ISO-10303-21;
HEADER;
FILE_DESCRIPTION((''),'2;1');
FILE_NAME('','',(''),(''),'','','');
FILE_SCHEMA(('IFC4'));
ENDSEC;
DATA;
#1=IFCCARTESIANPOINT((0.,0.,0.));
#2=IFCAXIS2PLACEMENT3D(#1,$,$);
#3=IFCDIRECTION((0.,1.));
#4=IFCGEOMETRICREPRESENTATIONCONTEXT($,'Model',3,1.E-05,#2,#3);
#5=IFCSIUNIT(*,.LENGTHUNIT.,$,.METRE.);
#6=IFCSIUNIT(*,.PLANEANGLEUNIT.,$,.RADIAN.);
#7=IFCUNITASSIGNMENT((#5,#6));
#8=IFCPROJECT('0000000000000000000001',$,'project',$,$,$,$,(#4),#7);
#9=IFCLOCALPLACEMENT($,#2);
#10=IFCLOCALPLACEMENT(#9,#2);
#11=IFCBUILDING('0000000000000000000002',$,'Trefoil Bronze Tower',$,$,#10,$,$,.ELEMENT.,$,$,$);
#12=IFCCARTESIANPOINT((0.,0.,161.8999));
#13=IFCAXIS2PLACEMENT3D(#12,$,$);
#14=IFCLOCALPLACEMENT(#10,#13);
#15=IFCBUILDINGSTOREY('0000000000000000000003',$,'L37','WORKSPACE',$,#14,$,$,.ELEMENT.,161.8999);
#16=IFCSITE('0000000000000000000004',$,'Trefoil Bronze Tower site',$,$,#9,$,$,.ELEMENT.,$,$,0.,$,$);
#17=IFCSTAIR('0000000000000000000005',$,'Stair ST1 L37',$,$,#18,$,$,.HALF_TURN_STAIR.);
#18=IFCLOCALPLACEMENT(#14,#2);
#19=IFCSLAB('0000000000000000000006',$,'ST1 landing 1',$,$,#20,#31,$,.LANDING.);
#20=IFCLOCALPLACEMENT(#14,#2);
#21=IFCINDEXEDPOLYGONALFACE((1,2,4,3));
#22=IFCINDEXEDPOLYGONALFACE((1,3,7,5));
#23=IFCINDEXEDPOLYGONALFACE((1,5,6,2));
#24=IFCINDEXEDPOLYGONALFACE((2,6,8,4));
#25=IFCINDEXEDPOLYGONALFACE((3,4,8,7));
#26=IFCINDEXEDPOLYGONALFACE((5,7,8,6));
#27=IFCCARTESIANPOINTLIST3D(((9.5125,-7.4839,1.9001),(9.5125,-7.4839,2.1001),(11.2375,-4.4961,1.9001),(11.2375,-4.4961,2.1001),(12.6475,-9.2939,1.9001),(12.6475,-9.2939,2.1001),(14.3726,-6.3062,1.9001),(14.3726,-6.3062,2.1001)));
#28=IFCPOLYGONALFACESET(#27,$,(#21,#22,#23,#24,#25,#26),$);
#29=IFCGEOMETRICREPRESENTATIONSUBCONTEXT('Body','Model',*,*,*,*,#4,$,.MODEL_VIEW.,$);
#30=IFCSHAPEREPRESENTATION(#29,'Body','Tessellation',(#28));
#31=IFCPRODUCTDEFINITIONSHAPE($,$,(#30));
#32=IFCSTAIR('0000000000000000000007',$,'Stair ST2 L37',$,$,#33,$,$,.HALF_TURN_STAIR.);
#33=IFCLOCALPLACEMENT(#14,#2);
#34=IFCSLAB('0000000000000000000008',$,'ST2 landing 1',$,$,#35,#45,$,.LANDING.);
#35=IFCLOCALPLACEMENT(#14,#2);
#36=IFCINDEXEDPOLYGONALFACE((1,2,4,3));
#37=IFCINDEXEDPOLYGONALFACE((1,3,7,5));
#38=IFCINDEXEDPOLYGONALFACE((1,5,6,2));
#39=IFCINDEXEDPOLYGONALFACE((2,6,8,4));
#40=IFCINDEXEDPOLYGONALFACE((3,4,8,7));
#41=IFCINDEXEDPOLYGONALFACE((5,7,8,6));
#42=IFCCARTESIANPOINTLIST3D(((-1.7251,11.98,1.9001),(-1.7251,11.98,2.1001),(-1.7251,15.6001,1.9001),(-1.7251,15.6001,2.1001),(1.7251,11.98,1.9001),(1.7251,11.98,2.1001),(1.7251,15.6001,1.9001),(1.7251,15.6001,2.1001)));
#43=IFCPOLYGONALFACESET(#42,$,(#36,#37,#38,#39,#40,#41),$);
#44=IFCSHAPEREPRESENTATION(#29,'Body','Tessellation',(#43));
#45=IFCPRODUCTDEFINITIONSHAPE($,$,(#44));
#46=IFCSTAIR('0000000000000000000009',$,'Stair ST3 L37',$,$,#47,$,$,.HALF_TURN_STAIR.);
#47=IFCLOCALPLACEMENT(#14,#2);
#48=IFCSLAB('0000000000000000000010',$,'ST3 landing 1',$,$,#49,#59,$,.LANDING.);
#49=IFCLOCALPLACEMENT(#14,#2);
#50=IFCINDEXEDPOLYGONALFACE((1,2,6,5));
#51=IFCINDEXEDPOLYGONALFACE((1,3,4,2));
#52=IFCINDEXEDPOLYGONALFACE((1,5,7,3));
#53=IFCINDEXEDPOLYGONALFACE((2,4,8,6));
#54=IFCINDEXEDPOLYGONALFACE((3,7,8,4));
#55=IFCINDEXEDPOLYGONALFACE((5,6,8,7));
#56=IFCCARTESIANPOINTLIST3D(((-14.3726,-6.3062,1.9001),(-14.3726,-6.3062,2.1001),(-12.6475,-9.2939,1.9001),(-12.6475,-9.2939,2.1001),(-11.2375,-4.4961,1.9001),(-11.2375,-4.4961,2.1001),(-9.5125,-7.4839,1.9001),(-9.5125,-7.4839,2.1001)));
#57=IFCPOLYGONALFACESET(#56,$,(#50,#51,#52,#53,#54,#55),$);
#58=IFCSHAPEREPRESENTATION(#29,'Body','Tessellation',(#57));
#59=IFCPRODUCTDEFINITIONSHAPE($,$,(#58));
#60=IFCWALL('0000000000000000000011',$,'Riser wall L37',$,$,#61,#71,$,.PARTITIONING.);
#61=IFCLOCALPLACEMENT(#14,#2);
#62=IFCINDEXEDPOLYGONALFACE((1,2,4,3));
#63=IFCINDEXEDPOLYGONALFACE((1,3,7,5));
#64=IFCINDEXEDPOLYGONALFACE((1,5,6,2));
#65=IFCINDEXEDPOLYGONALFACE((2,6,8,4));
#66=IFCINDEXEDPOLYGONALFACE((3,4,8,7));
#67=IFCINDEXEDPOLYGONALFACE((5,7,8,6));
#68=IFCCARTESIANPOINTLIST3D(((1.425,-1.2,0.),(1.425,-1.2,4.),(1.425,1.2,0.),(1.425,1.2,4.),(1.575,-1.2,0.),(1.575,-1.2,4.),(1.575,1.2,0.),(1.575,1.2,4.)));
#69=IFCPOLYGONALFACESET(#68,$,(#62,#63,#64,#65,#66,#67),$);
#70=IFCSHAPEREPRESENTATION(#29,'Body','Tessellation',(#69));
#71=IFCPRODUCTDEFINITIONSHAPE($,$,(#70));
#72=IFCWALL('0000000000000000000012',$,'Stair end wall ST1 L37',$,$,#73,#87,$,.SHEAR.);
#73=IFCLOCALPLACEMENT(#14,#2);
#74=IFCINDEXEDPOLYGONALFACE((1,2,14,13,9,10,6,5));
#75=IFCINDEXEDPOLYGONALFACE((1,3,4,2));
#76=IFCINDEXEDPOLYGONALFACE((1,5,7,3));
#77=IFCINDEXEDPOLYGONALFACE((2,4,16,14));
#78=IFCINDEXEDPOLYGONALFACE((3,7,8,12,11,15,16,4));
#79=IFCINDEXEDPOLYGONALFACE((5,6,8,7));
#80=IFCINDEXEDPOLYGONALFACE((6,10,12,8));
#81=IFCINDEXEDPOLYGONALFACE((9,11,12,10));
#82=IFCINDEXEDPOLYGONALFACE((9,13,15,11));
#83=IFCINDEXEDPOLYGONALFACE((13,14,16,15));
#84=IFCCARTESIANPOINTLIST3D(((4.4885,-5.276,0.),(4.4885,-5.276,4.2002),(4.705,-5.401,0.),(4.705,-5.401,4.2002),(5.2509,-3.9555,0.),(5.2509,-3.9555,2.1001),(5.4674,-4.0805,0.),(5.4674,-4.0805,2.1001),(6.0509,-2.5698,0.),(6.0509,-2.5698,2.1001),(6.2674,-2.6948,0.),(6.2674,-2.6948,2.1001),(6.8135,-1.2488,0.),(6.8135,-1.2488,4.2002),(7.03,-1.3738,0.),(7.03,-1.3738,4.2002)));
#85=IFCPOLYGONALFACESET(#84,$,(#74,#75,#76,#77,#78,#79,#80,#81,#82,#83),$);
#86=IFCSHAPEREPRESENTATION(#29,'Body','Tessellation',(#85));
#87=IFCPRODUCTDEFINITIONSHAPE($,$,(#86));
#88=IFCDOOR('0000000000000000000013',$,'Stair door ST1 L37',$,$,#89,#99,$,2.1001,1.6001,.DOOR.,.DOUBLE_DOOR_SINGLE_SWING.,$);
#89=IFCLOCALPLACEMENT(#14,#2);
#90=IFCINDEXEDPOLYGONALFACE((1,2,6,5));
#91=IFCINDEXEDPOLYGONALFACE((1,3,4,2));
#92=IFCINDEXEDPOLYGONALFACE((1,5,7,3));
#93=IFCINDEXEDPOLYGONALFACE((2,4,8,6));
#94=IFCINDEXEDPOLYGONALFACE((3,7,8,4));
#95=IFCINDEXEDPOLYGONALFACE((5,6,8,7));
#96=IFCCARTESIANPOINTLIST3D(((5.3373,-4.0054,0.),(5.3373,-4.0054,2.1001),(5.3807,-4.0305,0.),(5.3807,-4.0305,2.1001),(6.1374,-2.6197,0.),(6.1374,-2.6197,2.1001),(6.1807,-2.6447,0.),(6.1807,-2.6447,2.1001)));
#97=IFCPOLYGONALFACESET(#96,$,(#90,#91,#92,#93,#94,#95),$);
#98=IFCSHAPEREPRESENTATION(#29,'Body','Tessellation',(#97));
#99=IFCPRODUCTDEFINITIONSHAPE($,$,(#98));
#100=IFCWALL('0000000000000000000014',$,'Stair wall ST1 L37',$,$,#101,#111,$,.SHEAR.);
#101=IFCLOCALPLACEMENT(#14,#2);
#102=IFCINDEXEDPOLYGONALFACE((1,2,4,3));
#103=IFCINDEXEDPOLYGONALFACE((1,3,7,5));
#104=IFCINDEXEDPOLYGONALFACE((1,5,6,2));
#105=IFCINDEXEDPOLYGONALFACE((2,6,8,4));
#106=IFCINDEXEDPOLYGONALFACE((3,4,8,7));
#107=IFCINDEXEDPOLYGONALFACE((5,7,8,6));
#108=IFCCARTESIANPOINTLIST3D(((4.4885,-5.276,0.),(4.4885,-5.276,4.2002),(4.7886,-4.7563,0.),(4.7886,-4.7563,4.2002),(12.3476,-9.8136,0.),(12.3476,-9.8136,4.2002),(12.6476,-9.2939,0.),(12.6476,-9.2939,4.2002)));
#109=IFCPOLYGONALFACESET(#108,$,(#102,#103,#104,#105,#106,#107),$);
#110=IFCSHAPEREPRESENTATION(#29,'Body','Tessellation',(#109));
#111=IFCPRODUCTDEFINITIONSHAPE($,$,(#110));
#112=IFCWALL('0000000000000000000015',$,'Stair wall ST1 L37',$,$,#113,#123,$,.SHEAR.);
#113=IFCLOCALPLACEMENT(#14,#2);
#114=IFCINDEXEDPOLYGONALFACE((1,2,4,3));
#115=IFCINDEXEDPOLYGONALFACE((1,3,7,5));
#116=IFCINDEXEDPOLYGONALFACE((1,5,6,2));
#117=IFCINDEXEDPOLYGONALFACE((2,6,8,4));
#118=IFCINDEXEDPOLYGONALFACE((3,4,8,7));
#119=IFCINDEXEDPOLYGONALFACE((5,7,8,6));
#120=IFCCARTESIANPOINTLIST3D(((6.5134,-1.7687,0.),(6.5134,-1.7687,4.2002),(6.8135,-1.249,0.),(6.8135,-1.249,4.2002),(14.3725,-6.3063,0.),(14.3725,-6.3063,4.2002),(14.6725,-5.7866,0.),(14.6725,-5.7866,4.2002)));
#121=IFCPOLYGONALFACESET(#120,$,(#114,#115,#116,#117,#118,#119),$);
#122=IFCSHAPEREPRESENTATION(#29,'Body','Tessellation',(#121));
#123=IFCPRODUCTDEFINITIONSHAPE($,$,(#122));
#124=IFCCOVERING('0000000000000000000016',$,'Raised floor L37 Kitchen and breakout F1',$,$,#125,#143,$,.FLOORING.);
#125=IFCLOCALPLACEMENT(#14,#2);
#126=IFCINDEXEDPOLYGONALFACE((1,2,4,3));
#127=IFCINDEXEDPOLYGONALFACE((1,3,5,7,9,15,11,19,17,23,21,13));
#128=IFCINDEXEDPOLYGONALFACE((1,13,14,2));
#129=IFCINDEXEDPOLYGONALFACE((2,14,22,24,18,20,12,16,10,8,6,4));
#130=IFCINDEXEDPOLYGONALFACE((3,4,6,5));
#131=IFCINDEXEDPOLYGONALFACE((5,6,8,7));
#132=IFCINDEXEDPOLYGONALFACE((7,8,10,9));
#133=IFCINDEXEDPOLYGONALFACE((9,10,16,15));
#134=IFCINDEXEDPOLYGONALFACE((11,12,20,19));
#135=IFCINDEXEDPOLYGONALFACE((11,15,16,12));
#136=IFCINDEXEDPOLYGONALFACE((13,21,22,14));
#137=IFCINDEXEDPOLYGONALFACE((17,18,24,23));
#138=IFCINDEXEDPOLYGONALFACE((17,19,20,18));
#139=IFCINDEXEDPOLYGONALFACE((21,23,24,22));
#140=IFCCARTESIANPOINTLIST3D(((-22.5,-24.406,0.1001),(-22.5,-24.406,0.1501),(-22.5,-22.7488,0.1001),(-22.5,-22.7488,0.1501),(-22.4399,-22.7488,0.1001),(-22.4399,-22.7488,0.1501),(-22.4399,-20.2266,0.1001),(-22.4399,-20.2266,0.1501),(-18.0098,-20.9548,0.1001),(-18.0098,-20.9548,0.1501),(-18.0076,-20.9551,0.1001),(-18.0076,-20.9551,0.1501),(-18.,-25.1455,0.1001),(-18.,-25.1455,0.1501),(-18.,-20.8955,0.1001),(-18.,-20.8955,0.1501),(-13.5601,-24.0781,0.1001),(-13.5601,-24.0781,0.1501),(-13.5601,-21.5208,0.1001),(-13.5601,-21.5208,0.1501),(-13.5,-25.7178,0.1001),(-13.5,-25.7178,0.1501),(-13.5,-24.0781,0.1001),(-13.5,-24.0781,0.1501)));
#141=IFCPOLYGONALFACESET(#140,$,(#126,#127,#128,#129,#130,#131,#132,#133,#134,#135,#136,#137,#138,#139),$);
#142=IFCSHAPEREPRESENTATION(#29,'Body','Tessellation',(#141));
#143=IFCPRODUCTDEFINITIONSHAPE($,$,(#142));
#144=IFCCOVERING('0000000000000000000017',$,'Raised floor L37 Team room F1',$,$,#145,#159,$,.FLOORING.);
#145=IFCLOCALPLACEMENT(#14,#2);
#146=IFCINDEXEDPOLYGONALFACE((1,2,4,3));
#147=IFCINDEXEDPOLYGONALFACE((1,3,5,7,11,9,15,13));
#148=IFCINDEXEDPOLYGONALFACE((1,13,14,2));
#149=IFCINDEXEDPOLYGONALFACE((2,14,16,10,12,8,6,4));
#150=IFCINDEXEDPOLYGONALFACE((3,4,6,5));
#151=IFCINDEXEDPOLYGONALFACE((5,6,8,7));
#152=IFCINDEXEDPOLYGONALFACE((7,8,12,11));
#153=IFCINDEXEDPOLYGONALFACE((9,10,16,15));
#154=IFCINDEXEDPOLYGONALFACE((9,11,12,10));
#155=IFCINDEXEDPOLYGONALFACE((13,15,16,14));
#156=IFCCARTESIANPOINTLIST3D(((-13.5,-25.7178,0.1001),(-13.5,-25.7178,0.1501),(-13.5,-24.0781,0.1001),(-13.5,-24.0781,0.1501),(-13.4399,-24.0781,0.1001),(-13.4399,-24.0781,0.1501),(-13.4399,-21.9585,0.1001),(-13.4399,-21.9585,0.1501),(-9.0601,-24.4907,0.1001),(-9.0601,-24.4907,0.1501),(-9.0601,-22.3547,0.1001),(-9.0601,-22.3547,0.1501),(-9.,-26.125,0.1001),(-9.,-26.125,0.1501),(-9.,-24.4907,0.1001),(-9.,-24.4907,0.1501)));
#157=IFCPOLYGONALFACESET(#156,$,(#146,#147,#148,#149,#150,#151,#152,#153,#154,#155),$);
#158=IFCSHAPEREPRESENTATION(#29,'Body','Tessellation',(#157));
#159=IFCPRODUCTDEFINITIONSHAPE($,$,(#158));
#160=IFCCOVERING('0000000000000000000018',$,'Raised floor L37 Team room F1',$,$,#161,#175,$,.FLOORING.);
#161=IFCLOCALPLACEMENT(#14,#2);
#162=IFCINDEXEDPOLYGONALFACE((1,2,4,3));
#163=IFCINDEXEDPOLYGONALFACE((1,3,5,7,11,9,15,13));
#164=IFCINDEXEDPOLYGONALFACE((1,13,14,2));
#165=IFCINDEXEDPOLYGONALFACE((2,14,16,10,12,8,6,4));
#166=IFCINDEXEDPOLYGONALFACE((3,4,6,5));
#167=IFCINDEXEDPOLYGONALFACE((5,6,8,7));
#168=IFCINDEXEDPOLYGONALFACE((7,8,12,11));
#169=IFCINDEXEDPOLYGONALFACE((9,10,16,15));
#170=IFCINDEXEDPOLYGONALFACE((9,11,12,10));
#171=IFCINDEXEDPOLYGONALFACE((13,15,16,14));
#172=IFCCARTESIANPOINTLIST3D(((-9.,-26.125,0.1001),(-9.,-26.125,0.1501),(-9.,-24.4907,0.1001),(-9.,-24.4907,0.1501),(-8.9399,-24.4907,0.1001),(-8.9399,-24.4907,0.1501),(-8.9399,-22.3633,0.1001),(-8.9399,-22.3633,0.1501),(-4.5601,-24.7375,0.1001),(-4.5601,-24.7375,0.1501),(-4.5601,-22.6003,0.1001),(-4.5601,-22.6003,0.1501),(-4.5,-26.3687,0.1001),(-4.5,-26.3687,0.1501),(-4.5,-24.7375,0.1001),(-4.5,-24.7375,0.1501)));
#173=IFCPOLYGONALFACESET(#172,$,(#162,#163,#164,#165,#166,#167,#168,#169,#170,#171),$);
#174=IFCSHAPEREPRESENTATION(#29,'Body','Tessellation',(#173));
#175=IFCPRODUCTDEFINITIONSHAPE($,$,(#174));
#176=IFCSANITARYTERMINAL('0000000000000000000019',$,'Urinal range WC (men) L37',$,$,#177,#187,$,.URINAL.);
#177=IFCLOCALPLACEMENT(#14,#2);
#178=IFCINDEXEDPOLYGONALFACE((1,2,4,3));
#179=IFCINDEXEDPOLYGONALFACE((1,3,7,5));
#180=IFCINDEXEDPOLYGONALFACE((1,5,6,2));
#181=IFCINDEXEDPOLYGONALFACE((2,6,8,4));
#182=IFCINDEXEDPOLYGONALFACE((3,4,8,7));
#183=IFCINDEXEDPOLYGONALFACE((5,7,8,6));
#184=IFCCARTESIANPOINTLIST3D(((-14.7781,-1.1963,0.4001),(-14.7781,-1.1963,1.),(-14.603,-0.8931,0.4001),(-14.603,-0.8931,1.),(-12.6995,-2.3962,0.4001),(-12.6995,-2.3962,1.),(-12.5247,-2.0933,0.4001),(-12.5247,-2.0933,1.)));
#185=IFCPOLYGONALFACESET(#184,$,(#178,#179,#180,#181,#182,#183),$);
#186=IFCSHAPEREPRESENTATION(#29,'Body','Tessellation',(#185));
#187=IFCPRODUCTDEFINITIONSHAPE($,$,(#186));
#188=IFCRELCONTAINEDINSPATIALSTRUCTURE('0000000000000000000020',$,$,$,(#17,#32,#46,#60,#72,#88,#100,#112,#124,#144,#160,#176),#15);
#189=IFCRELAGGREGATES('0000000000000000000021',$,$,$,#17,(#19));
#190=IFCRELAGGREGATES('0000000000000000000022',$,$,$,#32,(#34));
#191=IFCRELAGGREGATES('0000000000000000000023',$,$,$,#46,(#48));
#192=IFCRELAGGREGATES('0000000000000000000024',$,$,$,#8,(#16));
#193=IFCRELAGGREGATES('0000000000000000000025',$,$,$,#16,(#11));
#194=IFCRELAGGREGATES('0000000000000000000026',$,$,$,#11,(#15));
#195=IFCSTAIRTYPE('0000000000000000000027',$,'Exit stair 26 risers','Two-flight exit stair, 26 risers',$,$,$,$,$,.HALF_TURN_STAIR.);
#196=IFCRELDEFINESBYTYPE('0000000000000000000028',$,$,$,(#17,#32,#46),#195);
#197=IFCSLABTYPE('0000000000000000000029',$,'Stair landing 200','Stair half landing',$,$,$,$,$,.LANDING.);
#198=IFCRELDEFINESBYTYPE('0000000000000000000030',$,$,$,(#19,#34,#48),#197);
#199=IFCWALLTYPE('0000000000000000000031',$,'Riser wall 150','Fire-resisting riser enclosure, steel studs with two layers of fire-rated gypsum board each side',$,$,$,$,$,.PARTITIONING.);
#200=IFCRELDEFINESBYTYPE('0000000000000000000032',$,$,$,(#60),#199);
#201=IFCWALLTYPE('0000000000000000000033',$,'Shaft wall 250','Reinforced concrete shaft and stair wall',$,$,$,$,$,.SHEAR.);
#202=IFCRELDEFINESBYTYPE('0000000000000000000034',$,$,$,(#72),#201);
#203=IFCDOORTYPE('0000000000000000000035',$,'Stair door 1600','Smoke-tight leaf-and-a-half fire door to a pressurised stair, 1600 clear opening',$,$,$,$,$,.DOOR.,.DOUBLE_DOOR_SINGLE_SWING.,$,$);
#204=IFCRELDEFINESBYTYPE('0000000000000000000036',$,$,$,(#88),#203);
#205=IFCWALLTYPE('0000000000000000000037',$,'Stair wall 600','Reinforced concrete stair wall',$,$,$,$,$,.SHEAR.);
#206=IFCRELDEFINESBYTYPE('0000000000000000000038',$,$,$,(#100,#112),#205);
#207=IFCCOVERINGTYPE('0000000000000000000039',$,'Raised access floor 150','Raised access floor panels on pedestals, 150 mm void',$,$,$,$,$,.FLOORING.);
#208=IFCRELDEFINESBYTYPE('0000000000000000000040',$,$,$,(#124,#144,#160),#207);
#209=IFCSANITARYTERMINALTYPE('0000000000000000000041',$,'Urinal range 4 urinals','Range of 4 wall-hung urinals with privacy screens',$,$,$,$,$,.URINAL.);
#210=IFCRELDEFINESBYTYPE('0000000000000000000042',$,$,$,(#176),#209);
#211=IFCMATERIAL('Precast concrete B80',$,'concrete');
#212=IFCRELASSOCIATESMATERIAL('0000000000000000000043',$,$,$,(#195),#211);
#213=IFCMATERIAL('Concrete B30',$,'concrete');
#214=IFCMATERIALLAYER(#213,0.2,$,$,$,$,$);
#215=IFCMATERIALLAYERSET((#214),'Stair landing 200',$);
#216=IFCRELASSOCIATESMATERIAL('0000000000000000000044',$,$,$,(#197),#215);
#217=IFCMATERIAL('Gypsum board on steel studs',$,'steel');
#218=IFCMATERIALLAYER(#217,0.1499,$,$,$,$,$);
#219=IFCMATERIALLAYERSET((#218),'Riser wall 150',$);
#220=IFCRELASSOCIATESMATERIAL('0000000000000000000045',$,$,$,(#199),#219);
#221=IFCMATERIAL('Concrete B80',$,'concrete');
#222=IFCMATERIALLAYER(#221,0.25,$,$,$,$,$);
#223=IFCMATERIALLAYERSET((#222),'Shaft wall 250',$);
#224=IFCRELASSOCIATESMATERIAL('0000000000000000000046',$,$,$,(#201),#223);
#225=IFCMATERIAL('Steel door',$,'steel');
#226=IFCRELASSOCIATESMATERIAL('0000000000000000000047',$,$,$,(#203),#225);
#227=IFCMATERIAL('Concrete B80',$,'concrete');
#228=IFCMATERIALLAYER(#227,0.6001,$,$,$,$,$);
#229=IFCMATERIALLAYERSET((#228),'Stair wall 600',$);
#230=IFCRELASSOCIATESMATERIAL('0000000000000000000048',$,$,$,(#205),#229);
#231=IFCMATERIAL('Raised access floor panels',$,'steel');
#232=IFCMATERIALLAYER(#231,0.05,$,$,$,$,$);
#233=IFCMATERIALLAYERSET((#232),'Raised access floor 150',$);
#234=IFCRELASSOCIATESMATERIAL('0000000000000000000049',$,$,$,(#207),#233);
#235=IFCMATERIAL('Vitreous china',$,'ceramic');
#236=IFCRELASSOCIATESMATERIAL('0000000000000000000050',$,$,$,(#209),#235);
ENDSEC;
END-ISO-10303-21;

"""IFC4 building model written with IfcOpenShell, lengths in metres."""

from ifc_helpers import new_model, si_unit, direction, frame, frame_2d, origin, place, context, subcontext, project, spatial, polyline, rectangle, outline, extrude, material, layer, layer_set, type_object, element, fill, aggregate, save


model = new_model("IFC4")

# Units and contexts
model_context = context("Model", 3, precision=1e-05, world=origin(), true_north=direction((0.0, 1.0)))
body_context = subcontext(model_context, "Body", "Model", "MODEL_VIEW")
ifc_project = project(units=[si_unit("LENGTHUNIT", "METRE"), si_unit("PLANEANGLEUNIT", "RADIAN")], contexts=[model_context])

# Site, building, storey
site_placement = place(None, origin())
site = spatial("IfcSite", under=ifc_project, at=site_placement, Name="Trefoil Bronze Tower site", CompositionType="ELEMENT", RefElevation=0.0)
building_placement = place(site_placement, origin())
building = spatial("IfcBuilding", under=site, at=building_placement, Name="Trefoil Bronze Tower", CompositionType="ELEMENT")
storey_placement = place(building_placement, frame((0.0, 0.0, 161.8999)))
storey = spatial("IfcBuildingStorey", under=building, at=storey_placement, Name="L37", Description="WORKSPACE", CompositionType="ELEMENT", Elevation=161.8999)

# Stairs, slabs
ifc_material_1 = material(Name="Precast concrete B80", Category="concrete")
stair_type = type_object("IfcStairType", Name="Exit stair 26 risers", Description="Two-flight exit stair, 26 risers", PredefinedType="HALF_TURN_STAIR", material=ifc_material_1)
stair_1_placement = place(storey_placement, origin())
stair_1 = element("IfcStair", 1, at=stair_1_placement, inside=storey, type_object=stair_type, Name="Stair ST1 L37", PredefinedType="HALF_TURN_STAIR")
ifc_material_2 = material(Name="Concrete B30", Category="concrete")
ifc_layer_1 = layer(ifc_material_2, 0.2)
ifc_layer_set_1 = layer_set([ifc_layer_1], Name="Stair landing 200")
slab_type = type_object("IfcSlabType", Name="Stair landing 200", Description="Stair half landing", PredefinedType="LANDING", material=ifc_layer_set_1)
slab_1_placement = place(storey_placement, frame((0.0, 0.0, 1.9001)))
slab_1 = element("IfcSlab", 2, at=slab_1_placement, type_object=slab_type, Name="ST1 landing 1", PredefinedType="LANDING", context=body_context, shape_type="SweptSolid", body=[
    extrude(outline(polyline([(9.5125, -7.4839), (12.6475, -9.2939), (14.3726, -6.3062), (11.2375, -4.4961), (9.5125, -7.4839)])), origin(), (0.0, 0.0, 1.0), 0.2),
])
aggregate(stair_1, [slab_1])
stair_2_placement = place(storey_placement, origin())
stair_2 = element("IfcStair", 3, at=stair_2_placement, inside=storey, type_object=stair_type, Name="Stair ST2 L37", PredefinedType="HALF_TURN_STAIR")
slab_2_placement = place(storey_placement, frame((0.0, 0.0, 1.9001)))
slab_2 = element("IfcSlab", 4, at=slab_2_placement, type_object=slab_type, Name="ST2 landing 1", PredefinedType="LANDING", context=body_context, shape_type="SweptSolid", body=[
    extrude(outline(polyline([(1.7251, 11.98), (1.7251, 15.6001), (-1.7251, 15.6001), (-1.7251, 11.98), (1.7251, 11.98)])), origin(), (0.0, 0.0, 1.0), 0.2),
])
aggregate(stair_2, [slab_2])
stair_3_placement = place(storey_placement, origin())
stair_3 = element("IfcStair", 5, at=stair_3_placement, inside=storey, type_object=stair_type, Name="Stair ST3 L37", PredefinedType="HALF_TURN_STAIR")
slab_3_placement = place(storey_placement, frame((0.0, 0.0, 1.9001)))
slab_3 = element("IfcSlab", 6, at=slab_3_placement, type_object=slab_type, Name="ST3 landing 1", PredefinedType="LANDING", context=body_context, shape_type="SweptSolid", body=[
    extrude(outline(polyline([(-11.2375, -4.4961), (-14.3726, -6.3062), (-12.6475, -9.2939), (-9.5125, -7.4839), (-11.2375, -4.4961)])), origin(), (0.0, 0.0, 1.0), 0.2),
])
aggregate(stair_3, [slab_3])

# Wall
ifc_material_3 = material(Name="Gypsum board on steel studs", Category="steel")
ifc_layer_2 = layer(ifc_material_3, 0.1499)
ifc_layer_set_2 = layer_set([ifc_layer_2], Name="Riser wall 150")
wall_type_1 = type_object("IfcWallType", Name="Riser wall 150", Description="Fire-resisting riser enclosure, steel studs with two layers of fire-rated gypsum board each side", PredefinedType="PARTITIONING", material=ifc_layer_set_2)
wall_1_placement = place(storey_placement, frame((1.5, -1.2, 0.0), z_axis=(0.0, 0.0, 1.0), x_axis=(0.0, 1.0, 0.0)))
element("IfcWall", 7, at=wall_1_placement, inside=storey, type_object=wall_type_1, Name="Riser wall L37", PredefinedType="PARTITIONING", context=body_context, shape_type="SweptSolid", body=[
    extrude(rectangle(XDim=2.3999, YDim=0.1499, at=frame_2d((1.2, 0.0))), origin(), (0.0, 0.0, 1.0), 4.0),
])

# Wall, opening, door
ifc_material_4 = material(Name="Concrete B80", Category="concrete")
ifc_layer_3 = layer(ifc_material_4, 0.25)
ifc_layer_set_3 = layer_set([ifc_layer_3], Name="Shaft wall 250")
wall_type_2 = type_object("IfcWallType", Name="Shaft wall 250", Description="Reinforced concrete shaft and stair wall", PredefinedType="SHEAR", material=ifc_layer_set_3)
wall_2_placement = place(storey_placement, frame((4.5967, -5.3386, 0.0), z_axis=(0.0, 0.0, 1.0), x_axis=(0.499985, 0.866034, 0.0)))
wall_2 = element("IfcWall", 8, at=wall_2_placement, inside=storey, type_object=wall_type_2, Name="Stair end wall ST1 L37", PredefinedType="SHEAR", context=body_context, shape_type="SweptSolid", body=[
    extrude(rectangle(XDim=4.6501, YDim=0.25, at=frame_2d((2.3252, 0.0))), origin(), (0.0, 0.0, 1.0), 4.2002),
])
opening_placement = place(wall_2_placement, frame((1.5249, 0.0, 0.0)))
opening = element("IfcOpeningElement", 9, at=opening_placement, cuts=wall_2, PredefinedType="OPENING", context=body_context, shape_type="SweptSolid", body=[
    extrude(rectangle(XDim=1.6001, YDim=2.1001, at=frame_2d((0.8, 1.05))), frame((0.0, 0.135, 0.0), z_axis=(0.0, -1.0, 0.0), x_axis=(1.0, 0.0, 0.0)), (0.0, 0.0, 1.0), 0.27),
])
ifc_material_5 = material(Name="Steel door", Category="steel")
door_type = type_object("IfcDoorType", Name="Stair door 1600", Description="Smoke-tight leaf-and-a-half fire door to a pressurised stair, 1600 clear opening", OperationType="DOUBLE_DOOR_SINGLE_SWING", PredefinedType="DOOR", material=ifc_material_5)
door_placement = place(opening_placement, frame((1.6001, 0.0, 0.0), z_axis=(0.0, 0.0, 1.0), x_axis=(-1.0, 0.0, 0.0)))
door = element("IfcDoor", 10, at=door_placement, inside=storey, type_object=door_type, Name="Stair door ST1 L37", OperationType="DOUBLE_DOOR_SINGLE_SWING", OverallHeight=2.1001, OverallWidth=1.6001, PredefinedType="DOOR", context=body_context, shape_type="SweptSolid", body=[
    extrude(rectangle(XDim=1.6001, YDim=2.1001, at=frame_2d((0.8, 1.05))), frame((0.0, 0.0249, 0.0), z_axis=(0.0, -1.0, 0.0), x_axis=(1.0, 0.0, 0.0)), (0.0, 0.0, 1.0), 0.05),
])
fill(opening, door)

# Walls
ifc_material_6 = material(Name="Concrete B80", Category="concrete")
ifc_layer_4 = layer(ifc_material_6, 0.6001)
ifc_layer_set_4 = layer_set([ifc_layer_4], Name="Stair wall 600")
wall_type_3 = type_object("IfcWallType", Name="Stair wall 600", Description="Reinforced concrete stair wall", PredefinedType="SHEAR", material=ifc_layer_set_4)
for number, where, z_axis, x_axis, name in (
    (11, (4.6384, -5.0161, 0.0), (0.0, 0.0, 1.0), (0.866019, -0.50001, 0.0), "Stair wall ST1 L37"),
    (12, (6.6633, -1.5088, 0.0), (0.0, 0.0, 1.0), (0.866019, -0.50001, 0.0), "Stair wall ST1 L37"),
):
    element("IfcWall", number, at=place(storey_placement, frame(where, z_axis=z_axis, x_axis=x_axis)), inside=storey, type_object=wall_type_3, Name=name, PredefinedType="SHEAR", context=body_context, shape_type="SweptSolid", body=[
        extrude(rectangle(XDim=9.075, YDim=0.6001, at=frame_2d((4.5376, 0.0))), origin(), (0.0, 0.0, 1.0), 4.2002),
    ])

# Coverings
ifc_material_7 = material(Name="Raised access floor panels", Category="steel")
ifc_layer_5 = layer(ifc_material_7, 0.05)
ifc_layer_set_5 = layer_set([ifc_layer_5], Name="Raised access floor 150")
covering_type_1 = type_object("IfcCoveringType", Name="Raised access floor 150", Description="Raised access floor panels on pedestals, 150 mm void", PredefinedType="FLOORING", material=ifc_layer_set_5)
covering_1_placement = place(storey_placement, frame((0.0, 0.0, 0.1001)))
element("IfcCovering", 13, at=covering_1_placement, inside=storey, type_object=covering_type_1, Name="Raised floor L37 Kitchen and breakout F1", PredefinedType="FLOORING", context=body_context, shape_type="SweptSolid", body=[
    extrude(outline(polyline([(-18.0, -25.1455), (-22.5, -24.406), (-22.5, -22.7488), (-22.4399, -22.7488), (-22.4399, -20.2266), (-18.0098, -20.9548), (-18.0, -20.8955), (-18.0076, -20.9551), (-13.5601, -21.5208), (-13.5601, -24.0781), (-13.5, -24.0781), (-13.5, -25.7178), (-18.0, -25.1455)])), origin(), (0.0, 0.0, 1.0), 0.05),
])
covering_2_placement = place(storey_placement, frame((0.0, 0.0, 0.1001)))
element("IfcCovering", 14, at=covering_2_placement, inside=storey, type_object=covering_type_1, Name="Raised floor L37 Team room F1", PredefinedType="FLOORING", context=body_context, shape_type="SweptSolid", body=[
    extrude(outline(polyline([(-9.0, -26.125), (-13.5, -25.7178), (-13.5, -24.0781), (-13.4399, -24.0781), (-13.4399, -21.9585), (-9.0601, -22.3547), (-9.0601, -24.4907), (-9.0, -24.4907), (-9.0, -26.125)])), origin(), (0.0, 0.0, 1.0), 0.05),
])
covering_3_placement = place(storey_placement, frame((0.0, 0.0, 0.1001)))
element("IfcCovering", 15, at=covering_3_placement, inside=storey, type_object=covering_type_1, Name="Raised floor L37 Team room F1", PredefinedType="FLOORING", context=body_context, shape_type="SweptSolid", body=[
    extrude(outline(polyline([(-4.5, -26.3687), (-9.0, -26.125), (-9.0, -24.4907), (-8.9399, -24.4907), (-8.9399, -22.3633), (-4.5601, -22.6003), (-4.5601, -24.7375), (-4.5, -24.7375), (-4.5, -26.3687)])), origin(), (0.0, 0.0, 1.0), 0.05),
])

# Sanitary terminal
ifc_material_8 = material(Name="Vitreous china", Category="ceramic")
sanitary_terminal_type_1 = type_object("IfcSanitaryTerminalType", Name="Urinal range 4 urinals", Description="Range of 4 wall-hung urinals with privacy screens", PredefinedType="URINAL", material=ifc_material_8)
sanitary_terminal_1_placement = place(storey_placement, frame((0.0, 0.0, 0.4001)))
element("IfcSanitaryTerminal", 16, at=sanitary_terminal_1_placement, inside=storey, type_object=sanitary_terminal_type_1, Name="Urinal range WC (men) L37", PredefinedType="URINAL", context=body_context, shape_type="SweptSolid", body=[
    extrude(outline(polyline([(-12.5247, -2.0933), (-12.6995, -2.3962), (-14.7781, -1.1963), (-14.603, -0.8931), (-12.5247, -2.0933)])), origin(), (0.0, 0.0, 1.0), 0.5999),
])

save(model, "model.ifc")
